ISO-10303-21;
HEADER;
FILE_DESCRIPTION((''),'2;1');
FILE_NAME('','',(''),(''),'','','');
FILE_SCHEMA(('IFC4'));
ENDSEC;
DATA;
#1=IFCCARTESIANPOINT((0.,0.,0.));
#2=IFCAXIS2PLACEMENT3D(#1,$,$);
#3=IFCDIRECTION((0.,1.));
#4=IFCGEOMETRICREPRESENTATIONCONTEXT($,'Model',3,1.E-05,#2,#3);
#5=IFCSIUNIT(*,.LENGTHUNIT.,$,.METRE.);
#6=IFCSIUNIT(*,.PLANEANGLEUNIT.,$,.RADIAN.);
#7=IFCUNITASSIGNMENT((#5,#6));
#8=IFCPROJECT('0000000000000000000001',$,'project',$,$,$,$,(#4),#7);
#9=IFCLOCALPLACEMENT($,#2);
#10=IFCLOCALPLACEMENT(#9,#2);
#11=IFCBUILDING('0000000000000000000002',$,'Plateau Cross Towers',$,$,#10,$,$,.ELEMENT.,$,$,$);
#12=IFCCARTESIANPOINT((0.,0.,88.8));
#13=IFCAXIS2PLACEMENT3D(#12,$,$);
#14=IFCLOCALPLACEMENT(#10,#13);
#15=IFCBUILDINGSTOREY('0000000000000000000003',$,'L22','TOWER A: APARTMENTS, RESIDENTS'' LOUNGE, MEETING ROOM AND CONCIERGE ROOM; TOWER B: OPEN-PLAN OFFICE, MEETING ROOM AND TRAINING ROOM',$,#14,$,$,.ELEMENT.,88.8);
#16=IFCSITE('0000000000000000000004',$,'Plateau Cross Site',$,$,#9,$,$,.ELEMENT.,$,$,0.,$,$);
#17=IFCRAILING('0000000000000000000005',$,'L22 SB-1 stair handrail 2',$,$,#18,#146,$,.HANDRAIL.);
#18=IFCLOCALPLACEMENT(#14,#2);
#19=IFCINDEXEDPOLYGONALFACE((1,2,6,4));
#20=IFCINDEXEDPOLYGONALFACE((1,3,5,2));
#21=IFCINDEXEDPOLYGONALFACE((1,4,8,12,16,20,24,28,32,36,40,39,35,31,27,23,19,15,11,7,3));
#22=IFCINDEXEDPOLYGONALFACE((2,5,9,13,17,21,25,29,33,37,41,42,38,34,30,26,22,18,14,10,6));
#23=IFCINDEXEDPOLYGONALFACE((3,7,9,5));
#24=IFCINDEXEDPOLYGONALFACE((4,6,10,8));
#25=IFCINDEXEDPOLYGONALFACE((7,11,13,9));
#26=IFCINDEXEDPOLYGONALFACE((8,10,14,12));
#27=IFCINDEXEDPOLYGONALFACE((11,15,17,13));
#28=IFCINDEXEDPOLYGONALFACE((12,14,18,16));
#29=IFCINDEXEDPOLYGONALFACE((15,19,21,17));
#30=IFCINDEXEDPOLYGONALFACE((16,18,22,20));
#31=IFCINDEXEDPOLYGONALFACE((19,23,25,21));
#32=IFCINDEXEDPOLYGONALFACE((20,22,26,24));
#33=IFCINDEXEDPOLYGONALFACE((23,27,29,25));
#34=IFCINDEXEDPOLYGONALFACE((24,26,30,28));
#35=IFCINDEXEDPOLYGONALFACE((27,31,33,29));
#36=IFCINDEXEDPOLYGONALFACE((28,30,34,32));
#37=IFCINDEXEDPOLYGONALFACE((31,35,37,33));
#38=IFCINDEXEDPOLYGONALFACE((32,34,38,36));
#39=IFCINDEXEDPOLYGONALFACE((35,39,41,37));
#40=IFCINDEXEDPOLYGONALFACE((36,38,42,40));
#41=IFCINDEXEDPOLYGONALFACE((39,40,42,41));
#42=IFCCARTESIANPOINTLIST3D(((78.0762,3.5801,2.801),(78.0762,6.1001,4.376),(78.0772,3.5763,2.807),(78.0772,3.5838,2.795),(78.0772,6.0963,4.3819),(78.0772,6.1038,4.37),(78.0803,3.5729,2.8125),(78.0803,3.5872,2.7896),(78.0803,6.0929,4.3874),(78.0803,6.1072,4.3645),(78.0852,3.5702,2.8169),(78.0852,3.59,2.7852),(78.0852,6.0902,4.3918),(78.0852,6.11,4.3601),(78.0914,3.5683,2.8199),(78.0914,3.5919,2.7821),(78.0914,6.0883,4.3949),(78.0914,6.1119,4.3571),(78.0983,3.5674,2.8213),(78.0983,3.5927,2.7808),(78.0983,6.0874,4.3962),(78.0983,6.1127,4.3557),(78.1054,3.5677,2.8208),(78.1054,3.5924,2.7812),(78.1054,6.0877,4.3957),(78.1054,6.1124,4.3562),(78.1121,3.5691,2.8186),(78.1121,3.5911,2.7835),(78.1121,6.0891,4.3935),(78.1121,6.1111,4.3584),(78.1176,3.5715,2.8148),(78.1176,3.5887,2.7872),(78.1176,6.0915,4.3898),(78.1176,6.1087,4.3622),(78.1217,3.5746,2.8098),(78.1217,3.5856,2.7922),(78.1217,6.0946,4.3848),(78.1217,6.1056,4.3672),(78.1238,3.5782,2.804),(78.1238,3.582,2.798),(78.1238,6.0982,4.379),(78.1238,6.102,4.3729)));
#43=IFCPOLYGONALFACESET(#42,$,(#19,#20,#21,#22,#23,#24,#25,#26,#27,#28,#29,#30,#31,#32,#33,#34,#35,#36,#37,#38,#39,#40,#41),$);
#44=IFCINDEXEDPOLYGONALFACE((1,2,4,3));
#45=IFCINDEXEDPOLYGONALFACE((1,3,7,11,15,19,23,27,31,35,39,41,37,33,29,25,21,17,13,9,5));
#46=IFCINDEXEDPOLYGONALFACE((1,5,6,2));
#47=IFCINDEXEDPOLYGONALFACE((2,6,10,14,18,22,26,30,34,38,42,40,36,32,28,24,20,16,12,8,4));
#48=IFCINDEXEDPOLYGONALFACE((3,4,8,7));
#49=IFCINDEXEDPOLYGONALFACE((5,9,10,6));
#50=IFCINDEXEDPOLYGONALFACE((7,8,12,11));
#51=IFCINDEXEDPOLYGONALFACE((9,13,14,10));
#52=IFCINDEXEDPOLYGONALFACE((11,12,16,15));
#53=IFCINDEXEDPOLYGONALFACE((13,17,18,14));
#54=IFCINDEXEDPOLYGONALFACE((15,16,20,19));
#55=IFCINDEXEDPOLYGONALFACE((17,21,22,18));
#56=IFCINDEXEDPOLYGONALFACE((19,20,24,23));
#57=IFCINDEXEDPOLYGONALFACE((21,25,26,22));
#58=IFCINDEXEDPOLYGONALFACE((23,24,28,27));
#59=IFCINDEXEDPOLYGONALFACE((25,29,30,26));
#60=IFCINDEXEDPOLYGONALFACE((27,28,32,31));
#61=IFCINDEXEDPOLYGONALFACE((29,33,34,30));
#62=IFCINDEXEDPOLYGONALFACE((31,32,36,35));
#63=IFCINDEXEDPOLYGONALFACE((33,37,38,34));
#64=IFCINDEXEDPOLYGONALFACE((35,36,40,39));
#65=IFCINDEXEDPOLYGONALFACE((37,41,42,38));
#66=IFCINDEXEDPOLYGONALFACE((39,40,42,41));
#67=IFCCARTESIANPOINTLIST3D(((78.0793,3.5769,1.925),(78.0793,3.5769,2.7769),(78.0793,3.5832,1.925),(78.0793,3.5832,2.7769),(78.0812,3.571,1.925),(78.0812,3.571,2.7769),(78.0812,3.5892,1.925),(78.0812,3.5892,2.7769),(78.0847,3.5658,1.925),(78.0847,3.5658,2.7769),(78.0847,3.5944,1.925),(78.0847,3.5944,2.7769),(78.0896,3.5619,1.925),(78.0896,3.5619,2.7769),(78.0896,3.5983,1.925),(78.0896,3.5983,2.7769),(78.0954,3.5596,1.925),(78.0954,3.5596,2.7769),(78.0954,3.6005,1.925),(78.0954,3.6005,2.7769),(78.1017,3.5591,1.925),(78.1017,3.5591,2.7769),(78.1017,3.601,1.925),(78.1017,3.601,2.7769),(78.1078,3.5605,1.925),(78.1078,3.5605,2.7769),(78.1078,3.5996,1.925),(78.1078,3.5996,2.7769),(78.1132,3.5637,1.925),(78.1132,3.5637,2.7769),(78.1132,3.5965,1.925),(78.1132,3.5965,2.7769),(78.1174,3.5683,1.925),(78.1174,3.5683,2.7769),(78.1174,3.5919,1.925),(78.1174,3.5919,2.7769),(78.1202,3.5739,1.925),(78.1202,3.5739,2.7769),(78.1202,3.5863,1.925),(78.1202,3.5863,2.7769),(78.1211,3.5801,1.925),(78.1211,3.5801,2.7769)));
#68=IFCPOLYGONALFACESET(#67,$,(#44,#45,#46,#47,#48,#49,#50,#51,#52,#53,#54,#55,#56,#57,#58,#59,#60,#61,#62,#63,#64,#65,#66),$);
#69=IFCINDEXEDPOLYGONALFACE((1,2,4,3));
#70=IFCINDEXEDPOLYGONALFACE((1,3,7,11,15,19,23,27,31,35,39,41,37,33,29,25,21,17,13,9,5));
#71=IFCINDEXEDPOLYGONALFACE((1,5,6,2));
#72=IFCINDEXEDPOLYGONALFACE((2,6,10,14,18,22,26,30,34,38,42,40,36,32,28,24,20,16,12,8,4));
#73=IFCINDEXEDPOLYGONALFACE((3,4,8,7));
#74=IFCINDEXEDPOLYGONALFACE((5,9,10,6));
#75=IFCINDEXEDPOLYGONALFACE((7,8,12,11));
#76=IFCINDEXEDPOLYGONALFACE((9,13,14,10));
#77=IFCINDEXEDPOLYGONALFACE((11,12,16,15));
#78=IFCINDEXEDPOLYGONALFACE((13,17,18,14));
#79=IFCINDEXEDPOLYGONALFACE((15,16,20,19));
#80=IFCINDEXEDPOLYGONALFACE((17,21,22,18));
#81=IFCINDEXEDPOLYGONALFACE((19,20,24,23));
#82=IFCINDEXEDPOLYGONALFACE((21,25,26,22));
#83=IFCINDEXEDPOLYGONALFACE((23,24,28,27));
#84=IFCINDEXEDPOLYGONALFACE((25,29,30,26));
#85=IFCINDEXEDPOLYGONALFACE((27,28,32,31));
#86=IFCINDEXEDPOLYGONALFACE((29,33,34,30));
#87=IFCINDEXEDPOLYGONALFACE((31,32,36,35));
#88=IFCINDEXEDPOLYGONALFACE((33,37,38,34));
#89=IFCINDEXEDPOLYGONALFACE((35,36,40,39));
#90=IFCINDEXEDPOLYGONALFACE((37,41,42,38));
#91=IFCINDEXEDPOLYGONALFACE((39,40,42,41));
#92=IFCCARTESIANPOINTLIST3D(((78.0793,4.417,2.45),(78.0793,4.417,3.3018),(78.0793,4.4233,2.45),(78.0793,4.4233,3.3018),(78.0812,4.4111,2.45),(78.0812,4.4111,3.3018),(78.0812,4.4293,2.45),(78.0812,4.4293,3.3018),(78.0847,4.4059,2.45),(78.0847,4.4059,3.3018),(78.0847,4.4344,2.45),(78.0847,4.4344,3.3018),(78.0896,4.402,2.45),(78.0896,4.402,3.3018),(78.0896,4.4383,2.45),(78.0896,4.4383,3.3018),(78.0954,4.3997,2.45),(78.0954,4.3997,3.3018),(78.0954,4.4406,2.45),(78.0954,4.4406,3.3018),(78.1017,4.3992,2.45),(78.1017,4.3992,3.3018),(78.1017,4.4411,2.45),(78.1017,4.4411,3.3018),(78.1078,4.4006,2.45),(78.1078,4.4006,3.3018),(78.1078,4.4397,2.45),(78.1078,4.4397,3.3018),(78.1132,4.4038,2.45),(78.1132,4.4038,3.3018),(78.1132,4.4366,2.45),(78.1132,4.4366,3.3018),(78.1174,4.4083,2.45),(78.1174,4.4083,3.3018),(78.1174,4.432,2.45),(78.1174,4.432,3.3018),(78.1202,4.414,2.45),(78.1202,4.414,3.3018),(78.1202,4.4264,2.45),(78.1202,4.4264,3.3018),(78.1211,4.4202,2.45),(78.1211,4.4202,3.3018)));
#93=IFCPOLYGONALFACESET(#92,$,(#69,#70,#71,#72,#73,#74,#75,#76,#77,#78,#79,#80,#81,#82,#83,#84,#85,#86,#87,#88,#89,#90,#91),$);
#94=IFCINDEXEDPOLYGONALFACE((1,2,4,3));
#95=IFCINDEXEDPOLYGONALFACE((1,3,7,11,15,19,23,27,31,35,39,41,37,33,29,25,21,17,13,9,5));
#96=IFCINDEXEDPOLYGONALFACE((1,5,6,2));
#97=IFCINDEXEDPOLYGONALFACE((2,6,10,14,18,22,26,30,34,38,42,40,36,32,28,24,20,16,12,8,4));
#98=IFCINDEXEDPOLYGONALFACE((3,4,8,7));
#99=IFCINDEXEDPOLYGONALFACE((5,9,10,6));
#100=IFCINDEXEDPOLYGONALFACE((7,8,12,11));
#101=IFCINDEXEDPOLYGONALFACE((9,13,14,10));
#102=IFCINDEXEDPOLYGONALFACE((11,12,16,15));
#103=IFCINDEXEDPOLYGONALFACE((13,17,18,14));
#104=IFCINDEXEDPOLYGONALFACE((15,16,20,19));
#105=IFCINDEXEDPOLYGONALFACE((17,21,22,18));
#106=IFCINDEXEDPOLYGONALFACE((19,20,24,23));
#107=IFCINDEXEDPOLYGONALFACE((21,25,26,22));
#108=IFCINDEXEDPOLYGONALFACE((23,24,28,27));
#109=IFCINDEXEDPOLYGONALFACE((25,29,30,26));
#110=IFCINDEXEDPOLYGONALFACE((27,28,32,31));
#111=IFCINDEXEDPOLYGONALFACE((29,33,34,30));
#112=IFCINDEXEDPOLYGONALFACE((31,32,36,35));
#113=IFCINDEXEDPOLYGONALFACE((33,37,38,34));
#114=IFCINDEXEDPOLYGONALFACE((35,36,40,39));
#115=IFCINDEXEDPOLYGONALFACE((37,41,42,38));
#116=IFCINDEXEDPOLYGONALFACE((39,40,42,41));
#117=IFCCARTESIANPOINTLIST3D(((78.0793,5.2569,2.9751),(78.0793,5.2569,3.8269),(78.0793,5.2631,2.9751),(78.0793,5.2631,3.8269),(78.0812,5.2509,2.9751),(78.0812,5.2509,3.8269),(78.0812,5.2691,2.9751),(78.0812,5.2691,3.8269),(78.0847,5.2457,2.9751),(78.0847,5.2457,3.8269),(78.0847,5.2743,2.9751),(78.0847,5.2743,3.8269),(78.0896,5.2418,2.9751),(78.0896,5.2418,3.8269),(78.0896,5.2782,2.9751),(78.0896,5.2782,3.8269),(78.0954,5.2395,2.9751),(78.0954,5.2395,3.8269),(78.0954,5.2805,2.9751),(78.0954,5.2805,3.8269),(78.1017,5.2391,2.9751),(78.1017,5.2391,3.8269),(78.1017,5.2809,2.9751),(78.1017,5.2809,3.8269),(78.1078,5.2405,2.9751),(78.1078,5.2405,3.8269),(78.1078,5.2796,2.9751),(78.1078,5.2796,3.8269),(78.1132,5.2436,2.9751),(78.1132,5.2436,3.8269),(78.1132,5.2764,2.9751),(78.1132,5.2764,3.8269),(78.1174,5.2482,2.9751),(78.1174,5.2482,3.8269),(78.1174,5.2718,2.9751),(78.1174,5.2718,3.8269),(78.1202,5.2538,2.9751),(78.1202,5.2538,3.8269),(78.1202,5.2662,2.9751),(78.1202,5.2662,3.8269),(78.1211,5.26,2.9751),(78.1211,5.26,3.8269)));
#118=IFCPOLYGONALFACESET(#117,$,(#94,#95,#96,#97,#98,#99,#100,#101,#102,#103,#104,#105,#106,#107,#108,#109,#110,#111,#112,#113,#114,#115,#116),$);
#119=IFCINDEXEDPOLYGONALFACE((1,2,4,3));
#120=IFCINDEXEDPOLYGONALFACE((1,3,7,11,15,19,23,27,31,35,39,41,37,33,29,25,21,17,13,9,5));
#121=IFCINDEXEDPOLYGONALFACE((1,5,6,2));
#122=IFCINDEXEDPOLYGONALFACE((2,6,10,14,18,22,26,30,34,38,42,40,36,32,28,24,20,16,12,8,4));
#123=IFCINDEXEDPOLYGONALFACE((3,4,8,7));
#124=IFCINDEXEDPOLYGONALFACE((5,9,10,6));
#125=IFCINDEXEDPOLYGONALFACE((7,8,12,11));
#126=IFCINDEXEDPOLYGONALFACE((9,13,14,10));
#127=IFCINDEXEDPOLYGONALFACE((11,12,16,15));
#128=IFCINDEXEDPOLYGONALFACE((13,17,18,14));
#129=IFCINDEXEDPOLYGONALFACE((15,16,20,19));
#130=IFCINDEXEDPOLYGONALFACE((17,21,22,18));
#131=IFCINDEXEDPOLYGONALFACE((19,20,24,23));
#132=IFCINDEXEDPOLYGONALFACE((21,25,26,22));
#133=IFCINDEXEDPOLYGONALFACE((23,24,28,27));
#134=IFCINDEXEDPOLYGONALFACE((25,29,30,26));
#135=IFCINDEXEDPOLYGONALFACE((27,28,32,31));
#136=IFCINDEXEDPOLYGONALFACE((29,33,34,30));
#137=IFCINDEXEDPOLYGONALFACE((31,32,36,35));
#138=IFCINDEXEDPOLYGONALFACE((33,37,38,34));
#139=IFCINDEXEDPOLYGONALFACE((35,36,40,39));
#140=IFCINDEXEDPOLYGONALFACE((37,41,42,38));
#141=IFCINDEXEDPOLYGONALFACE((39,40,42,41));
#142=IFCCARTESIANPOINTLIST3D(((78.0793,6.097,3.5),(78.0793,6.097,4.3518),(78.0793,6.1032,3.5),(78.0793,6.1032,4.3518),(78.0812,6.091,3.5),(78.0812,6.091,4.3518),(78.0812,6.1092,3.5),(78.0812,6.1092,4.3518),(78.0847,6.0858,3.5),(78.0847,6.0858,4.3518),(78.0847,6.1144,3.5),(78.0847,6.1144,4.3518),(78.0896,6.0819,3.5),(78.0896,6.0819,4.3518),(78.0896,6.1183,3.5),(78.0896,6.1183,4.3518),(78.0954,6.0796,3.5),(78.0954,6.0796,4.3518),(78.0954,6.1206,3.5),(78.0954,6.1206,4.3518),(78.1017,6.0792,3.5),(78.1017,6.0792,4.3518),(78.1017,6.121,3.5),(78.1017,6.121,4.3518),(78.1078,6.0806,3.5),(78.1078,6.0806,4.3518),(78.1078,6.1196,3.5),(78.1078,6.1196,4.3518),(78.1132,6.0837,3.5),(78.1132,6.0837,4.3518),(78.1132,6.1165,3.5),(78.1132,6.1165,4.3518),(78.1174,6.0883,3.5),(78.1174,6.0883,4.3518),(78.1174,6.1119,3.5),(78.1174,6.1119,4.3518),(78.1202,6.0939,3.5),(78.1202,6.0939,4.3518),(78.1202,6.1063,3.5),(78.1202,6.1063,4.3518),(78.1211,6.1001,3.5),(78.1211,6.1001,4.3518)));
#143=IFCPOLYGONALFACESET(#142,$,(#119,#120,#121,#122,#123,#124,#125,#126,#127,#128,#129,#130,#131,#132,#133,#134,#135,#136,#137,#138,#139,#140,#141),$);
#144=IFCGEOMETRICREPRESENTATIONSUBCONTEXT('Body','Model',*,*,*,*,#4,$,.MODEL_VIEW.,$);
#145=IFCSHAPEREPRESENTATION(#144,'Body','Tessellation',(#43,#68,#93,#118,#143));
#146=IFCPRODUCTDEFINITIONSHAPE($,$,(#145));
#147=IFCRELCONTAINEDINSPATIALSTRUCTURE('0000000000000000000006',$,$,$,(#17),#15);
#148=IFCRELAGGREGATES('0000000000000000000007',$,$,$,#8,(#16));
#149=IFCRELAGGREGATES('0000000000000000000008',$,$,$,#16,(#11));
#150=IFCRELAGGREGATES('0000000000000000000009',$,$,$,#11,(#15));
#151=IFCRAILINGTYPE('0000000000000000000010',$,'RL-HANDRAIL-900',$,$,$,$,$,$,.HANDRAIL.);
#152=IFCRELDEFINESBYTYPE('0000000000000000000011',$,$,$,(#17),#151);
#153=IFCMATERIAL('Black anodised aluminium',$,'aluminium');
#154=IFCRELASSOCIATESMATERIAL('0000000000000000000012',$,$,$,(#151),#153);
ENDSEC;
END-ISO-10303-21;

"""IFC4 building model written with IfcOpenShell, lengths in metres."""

from ifc_helpers import new_model, si_unit, direction, frame, origin, origin_2d, place, context, subcontext, project, spatial, circle, extrude, material, type_object, element, save


model = new_model("IFC4")

# Units and contexts
model_context = context("Model", 3, precision=1e-05, world=origin(), true_north=direction((0.0, 1.0)))
body_context = subcontext(model_context, "Body", "Model", "MODEL_VIEW")
ifc_project = project(units=[si_unit("LENGTHUNIT", "METRE"), si_unit("PLANEANGLEUNIT", "RADIAN")], contexts=[model_context])

# Site, building, storey
site_placement = place(None, origin())
site = spatial("IfcSite", under=ifc_project, at=site_placement, Name="Plateau Cross Site", CompositionType="ELEMENT", RefElevation=0.0)
building_placement = place(site_placement, origin())
building = spatial("IfcBuilding", under=site, at=building_placement, Name="Plateau Cross Towers", CompositionType="ELEMENT")
storey_placement = place(building_placement, frame((0.0, 0.0, 88.8)))
storey = spatial("IfcBuildingStorey", under=building, at=storey_placement, Name="L22", Description="TOWER A: APARTMENTS, RESIDENTS' LOUNGE, MEETING ROOM AND CONCIERGE ROOM; TOWER B: OPEN-PLAN OFFICE, MEETING ROOM AND TRAINING ROOM", CompositionType="ELEMENT", Elevation=88.8)

# Railing
ifc_material_1 = material(Name="Black anodised aluminium", Category="aluminium")
railing_type_1 = type_object("IfcRailingType", Name="RL-HANDRAIL-900", PredefinedType="HANDRAIL", material=ifc_material_1)
railing_1_placement = place(storey_placement, frame((78.1001, 3.5801, 1.925)))
element("IfcRailing", 1, at=railing_1_placement, inside=storey, type_object=railing_type_1, Name="L22 SB-1 stair handrail 2", PredefinedType="HANDRAIL", context=body_context, shape_type="SweptSolid", body=[
    extrude(circle(Radius=0.0239, at=origin_2d()), frame((0.0, 0.0, 0.876), z_axis=(0.0, 0.848008, 0.529984), x_axis=(-1.0, 0.0, 0.0)), (0.0, 0.0, 1.0), 2.9717),
    extrude(circle(Radius=0.021, at=origin_2d()), origin(), (0.0, 0.0, 1.0), 0.8518),
    extrude(circle(Radius=0.021, at=origin_2d()), frame((0.0, 0.8401, 0.5249)), (0.0, 0.0, 1.0), 0.8518),
    extrude(circle(Radius=0.021, at=origin_2d()), frame((0.0, 1.6799, 1.05)), (0.0, 0.0, 1.0), 0.8518),
    extrude(circle(Radius=0.021, at=origin_2d()), frame((0.0, 2.52, 1.575)), (0.0, 0.0, 1.0), 0.8518),
])

save(model, "model.ifc")
